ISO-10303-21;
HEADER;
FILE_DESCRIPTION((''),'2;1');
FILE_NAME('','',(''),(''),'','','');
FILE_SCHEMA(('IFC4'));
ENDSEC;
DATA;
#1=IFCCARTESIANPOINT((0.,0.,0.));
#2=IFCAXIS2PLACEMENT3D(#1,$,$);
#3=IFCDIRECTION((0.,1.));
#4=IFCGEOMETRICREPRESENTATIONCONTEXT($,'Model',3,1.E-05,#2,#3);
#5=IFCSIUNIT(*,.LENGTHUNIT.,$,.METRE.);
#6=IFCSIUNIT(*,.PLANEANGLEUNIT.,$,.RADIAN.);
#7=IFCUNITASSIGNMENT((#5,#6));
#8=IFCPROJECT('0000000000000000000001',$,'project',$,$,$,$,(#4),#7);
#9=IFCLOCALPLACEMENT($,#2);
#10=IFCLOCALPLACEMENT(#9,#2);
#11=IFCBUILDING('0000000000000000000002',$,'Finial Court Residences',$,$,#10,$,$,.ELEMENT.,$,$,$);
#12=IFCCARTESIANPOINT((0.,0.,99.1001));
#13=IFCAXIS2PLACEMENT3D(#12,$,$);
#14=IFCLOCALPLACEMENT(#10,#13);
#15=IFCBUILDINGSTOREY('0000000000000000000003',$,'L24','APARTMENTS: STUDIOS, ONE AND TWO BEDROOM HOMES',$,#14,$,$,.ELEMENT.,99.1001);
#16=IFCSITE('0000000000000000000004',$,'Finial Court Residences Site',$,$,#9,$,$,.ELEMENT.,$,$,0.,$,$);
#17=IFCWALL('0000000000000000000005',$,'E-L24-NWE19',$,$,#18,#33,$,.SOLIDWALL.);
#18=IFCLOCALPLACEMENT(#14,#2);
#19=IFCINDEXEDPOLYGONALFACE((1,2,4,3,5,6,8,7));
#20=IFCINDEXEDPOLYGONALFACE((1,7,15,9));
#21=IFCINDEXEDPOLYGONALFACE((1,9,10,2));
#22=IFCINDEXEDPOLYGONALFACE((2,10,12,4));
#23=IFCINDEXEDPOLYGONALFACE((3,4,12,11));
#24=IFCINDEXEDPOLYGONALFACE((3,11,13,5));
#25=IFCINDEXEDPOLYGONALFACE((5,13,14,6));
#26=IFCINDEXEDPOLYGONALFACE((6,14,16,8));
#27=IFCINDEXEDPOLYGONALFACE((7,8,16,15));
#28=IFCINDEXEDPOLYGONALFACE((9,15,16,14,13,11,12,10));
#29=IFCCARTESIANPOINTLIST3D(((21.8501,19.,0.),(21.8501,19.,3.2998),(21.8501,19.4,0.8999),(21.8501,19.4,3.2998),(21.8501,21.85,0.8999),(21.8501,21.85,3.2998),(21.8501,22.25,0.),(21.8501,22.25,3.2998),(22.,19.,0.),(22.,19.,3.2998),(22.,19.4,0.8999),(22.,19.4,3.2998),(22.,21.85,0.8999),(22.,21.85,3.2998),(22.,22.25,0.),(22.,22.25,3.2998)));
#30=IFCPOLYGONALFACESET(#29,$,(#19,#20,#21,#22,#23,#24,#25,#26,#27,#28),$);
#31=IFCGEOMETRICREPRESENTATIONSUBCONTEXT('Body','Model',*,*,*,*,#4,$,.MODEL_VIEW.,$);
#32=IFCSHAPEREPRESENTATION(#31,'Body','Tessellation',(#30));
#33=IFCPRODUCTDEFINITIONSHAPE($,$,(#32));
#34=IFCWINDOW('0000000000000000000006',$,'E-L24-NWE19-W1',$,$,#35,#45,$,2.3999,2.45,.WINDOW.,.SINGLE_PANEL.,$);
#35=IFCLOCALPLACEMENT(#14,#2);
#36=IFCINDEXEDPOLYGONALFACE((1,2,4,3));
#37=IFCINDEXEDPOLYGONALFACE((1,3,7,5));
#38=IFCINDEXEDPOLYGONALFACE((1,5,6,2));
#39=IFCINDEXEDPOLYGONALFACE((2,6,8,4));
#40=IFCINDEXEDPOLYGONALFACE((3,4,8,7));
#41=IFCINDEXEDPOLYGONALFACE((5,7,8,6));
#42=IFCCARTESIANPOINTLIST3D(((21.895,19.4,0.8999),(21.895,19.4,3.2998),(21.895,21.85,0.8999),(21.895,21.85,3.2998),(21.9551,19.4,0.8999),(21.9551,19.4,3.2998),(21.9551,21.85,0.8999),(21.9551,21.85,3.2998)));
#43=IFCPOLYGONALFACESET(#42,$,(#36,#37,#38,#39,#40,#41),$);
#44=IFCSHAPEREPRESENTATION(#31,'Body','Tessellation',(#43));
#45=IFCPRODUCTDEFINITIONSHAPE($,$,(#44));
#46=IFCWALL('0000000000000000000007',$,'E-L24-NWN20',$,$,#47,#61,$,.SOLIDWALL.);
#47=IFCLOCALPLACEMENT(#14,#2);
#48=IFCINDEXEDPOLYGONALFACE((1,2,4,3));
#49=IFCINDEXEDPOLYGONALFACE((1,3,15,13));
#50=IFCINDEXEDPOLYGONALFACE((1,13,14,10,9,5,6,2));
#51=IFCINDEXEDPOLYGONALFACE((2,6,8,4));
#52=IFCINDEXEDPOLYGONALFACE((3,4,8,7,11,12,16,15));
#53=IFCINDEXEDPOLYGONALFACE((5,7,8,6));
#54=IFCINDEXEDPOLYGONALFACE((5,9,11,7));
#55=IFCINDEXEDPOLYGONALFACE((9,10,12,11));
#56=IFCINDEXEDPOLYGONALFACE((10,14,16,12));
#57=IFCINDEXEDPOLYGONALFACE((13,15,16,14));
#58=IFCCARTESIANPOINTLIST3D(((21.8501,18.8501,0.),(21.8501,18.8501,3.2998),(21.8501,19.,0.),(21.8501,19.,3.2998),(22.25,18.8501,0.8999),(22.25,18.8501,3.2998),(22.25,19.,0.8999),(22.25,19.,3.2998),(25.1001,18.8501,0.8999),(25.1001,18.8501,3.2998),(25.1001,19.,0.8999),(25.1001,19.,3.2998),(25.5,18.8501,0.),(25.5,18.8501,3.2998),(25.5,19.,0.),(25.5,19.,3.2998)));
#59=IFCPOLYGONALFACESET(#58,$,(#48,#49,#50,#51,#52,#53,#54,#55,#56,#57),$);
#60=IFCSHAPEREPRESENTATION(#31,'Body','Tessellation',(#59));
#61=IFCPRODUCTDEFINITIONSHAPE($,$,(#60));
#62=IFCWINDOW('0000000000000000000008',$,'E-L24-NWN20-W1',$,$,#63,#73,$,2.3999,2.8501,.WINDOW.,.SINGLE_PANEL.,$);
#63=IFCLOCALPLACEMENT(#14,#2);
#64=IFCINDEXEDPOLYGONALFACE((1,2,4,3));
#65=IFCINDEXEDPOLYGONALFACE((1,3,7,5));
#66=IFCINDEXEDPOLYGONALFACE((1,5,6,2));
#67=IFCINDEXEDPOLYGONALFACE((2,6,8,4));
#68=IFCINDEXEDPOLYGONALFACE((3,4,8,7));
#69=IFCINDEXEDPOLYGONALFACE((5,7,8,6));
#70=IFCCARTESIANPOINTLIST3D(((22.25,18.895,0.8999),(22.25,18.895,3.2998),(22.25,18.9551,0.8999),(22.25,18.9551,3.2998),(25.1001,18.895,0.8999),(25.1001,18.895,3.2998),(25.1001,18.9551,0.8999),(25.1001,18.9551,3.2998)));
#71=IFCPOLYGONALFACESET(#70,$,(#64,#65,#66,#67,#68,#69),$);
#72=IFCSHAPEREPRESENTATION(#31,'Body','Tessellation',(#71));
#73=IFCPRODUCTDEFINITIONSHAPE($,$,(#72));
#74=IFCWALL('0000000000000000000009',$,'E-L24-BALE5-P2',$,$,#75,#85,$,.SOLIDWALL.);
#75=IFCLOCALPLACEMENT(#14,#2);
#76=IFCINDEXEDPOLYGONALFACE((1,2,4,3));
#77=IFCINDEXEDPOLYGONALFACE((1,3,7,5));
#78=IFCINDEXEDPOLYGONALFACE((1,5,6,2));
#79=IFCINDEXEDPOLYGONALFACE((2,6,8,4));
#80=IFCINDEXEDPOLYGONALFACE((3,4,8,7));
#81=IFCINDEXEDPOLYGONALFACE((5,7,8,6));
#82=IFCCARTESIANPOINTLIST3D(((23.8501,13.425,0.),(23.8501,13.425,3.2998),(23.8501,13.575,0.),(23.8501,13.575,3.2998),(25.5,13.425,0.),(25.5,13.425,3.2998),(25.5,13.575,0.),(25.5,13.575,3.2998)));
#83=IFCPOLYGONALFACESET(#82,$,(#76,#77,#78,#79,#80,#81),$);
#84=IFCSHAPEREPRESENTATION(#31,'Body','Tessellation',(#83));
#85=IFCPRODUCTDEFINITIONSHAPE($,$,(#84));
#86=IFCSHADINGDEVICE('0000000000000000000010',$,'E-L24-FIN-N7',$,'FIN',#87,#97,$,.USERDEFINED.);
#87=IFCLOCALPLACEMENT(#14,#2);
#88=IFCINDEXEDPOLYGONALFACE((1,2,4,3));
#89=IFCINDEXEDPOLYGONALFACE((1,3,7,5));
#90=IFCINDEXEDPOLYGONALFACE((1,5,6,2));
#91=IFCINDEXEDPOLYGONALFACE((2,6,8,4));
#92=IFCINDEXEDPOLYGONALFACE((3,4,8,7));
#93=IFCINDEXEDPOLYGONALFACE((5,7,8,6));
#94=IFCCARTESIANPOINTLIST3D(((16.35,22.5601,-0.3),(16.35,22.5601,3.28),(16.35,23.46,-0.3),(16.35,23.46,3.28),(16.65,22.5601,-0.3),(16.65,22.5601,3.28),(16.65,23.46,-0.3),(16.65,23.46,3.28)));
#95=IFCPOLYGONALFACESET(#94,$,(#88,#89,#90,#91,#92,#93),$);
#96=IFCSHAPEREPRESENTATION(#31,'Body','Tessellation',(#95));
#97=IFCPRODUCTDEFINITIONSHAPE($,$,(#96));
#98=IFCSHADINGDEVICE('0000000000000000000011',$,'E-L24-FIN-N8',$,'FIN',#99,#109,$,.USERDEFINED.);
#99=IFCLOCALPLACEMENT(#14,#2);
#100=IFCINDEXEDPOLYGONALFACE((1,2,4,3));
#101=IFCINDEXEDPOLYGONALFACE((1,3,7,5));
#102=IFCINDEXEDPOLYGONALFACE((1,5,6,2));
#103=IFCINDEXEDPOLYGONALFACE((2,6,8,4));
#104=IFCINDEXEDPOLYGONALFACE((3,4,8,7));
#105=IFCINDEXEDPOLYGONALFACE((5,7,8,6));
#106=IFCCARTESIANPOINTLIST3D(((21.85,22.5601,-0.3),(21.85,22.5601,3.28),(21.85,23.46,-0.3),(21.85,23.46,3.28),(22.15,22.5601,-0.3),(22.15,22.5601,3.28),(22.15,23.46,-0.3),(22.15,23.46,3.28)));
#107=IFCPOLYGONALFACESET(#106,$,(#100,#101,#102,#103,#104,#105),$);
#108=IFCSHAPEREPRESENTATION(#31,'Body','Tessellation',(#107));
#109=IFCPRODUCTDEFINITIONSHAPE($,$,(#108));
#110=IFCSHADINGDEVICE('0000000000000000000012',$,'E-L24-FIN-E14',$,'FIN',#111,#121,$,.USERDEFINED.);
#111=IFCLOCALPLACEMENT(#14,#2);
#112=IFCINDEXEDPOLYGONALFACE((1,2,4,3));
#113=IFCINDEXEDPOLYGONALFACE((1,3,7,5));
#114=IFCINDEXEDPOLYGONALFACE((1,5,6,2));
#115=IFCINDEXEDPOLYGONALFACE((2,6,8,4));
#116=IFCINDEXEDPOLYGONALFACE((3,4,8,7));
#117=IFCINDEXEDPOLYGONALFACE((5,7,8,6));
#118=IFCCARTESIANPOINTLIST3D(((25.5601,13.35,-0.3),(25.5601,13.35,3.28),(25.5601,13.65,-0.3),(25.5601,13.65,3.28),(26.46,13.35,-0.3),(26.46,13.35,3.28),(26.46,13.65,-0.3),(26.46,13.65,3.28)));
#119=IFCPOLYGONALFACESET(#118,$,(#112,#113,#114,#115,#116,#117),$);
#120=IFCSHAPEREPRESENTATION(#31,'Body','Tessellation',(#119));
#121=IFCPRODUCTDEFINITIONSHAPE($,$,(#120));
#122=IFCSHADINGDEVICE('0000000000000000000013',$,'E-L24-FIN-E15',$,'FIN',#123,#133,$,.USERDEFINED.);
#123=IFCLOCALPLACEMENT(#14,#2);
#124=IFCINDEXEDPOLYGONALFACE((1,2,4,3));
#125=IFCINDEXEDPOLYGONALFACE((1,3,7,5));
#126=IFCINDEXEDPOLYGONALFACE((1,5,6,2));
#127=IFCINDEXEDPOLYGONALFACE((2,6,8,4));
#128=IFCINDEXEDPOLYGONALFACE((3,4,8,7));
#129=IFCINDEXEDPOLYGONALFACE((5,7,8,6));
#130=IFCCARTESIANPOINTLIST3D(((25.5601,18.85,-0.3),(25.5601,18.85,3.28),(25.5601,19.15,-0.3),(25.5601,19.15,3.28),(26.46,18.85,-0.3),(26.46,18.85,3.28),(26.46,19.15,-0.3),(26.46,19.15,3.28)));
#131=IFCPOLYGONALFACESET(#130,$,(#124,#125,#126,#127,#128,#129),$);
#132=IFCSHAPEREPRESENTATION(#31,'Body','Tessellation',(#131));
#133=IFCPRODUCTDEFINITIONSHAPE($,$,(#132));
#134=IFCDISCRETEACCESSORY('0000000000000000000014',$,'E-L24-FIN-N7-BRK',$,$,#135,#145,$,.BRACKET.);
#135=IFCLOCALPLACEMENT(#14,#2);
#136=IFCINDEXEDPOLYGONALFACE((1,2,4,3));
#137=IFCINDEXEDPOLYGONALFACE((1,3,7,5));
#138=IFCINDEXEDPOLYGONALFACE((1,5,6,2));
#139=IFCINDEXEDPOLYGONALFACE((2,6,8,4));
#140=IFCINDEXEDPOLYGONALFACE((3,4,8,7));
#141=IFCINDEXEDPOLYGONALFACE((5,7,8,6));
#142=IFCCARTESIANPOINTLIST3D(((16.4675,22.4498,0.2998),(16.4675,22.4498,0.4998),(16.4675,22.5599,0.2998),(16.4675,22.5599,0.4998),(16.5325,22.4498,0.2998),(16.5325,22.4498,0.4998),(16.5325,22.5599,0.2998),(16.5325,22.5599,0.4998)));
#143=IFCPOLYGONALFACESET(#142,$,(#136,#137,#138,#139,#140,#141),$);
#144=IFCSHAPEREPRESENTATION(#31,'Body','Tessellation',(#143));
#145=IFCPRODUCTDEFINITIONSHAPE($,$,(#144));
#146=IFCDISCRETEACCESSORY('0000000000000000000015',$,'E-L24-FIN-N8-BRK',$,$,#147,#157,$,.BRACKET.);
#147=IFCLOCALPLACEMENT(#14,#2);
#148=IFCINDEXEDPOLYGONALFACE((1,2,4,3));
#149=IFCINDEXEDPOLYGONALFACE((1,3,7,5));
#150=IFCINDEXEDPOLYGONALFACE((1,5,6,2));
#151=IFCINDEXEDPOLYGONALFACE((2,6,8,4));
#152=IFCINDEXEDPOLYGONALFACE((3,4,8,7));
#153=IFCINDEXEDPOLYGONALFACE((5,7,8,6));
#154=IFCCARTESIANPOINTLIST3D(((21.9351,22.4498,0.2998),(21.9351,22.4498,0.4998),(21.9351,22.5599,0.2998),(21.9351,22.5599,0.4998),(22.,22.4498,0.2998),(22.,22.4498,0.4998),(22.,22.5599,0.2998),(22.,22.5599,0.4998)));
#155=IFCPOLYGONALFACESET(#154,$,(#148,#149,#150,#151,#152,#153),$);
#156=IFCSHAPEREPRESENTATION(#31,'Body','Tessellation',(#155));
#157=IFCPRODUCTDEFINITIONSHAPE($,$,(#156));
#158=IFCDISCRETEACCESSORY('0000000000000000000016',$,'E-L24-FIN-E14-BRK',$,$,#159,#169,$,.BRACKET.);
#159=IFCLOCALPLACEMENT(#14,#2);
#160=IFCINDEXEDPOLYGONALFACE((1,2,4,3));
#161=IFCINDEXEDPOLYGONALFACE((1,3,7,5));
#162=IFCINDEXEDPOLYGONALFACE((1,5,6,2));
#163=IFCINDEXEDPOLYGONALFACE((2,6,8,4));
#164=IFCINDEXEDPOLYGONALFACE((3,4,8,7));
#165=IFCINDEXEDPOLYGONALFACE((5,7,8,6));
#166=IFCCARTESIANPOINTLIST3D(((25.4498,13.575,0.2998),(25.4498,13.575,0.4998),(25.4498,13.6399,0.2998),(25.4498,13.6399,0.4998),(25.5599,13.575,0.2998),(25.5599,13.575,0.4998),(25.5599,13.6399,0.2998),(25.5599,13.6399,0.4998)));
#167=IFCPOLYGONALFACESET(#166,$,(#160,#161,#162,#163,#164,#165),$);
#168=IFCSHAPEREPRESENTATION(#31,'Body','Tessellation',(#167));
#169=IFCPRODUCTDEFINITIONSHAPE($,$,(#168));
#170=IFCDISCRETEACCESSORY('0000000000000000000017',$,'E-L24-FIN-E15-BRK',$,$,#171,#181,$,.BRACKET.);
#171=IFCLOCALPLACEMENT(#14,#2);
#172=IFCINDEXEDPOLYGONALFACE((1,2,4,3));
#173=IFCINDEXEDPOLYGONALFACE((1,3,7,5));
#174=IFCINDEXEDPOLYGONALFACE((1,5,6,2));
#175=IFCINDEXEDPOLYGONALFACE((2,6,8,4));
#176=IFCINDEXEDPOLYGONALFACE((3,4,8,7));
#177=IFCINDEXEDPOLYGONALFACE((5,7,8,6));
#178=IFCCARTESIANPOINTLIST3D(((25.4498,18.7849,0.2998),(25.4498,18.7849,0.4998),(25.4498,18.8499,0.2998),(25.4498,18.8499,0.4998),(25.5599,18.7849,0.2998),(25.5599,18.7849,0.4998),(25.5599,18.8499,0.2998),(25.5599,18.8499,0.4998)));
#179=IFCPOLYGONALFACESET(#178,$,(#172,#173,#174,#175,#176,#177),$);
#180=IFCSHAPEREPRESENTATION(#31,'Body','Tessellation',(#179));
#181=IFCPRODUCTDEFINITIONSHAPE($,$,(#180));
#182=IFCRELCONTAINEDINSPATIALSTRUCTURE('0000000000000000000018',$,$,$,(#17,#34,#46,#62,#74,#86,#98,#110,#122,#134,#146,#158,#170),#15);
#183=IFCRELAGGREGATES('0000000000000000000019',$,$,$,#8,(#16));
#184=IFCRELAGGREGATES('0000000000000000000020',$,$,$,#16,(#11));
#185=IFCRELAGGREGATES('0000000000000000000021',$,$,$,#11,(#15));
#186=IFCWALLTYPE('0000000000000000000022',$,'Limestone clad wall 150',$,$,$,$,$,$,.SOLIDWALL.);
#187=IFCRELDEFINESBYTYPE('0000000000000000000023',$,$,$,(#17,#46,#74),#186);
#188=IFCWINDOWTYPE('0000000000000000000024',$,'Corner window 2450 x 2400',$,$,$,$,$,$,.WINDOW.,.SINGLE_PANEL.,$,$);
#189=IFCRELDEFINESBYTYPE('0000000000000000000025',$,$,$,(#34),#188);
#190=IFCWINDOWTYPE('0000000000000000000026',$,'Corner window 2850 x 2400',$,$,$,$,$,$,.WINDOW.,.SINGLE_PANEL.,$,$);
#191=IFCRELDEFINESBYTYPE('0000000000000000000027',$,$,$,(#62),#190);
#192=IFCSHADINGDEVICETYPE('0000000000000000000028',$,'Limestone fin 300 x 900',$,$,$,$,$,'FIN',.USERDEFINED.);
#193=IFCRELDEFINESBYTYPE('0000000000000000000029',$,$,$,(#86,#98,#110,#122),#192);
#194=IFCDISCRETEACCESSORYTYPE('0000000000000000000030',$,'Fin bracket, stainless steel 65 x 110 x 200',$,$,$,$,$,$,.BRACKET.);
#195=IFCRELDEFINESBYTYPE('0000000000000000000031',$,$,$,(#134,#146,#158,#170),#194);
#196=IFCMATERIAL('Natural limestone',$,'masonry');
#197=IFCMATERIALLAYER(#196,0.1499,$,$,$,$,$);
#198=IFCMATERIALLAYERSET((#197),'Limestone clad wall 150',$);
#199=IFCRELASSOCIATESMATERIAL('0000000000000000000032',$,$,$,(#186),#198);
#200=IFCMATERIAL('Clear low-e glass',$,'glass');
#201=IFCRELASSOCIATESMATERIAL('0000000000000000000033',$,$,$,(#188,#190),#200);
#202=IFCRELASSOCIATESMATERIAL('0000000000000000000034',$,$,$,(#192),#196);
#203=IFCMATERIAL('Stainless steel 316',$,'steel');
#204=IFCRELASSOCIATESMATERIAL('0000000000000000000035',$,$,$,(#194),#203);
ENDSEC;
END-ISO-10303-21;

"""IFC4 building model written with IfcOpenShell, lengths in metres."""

from ifc_helpers import new_model, si_unit, direction, frame, frame_2d, origin, origin_2d, place, context, subcontext, project, spatial, rectangle, extrude, material, layer, layer_set, type_object, element, fill, save


model = new_model("IFC4")

# Units and contexts
model_context = context("Model", 3, precision=1e-05, world=origin(), true_north=direction((0.0, 1.0)))
body_context = subcontext(model_context, "Body", "Model", "MODEL_VIEW")
ifc_project = project(units=[si_unit("LENGTHUNIT", "METRE"), si_unit("PLANEANGLEUNIT", "RADIAN")], contexts=[model_context])

# Site, building, storey
site_placement = place(None, origin())
site = spatial("IfcSite", under=ifc_project, at=site_placement, Name="Finial Court Residences Site", CompositionType="ELEMENT", RefElevation=0.0)
building_placement = place(site_placement, origin())
building = spatial("IfcBuilding", under=site, at=building_placement, Name="Finial Court Residences", CompositionType="ELEMENT")
storey_placement = place(building_placement, frame((0.0, 0.0, 99.1001)))
storey = spatial("IfcBuildingStorey", under=building, at=storey_placement, Name="L24", Description="APARTMENTS: STUDIOS, ONE AND TWO BEDROOM HOMES", CompositionType="ELEMENT", Elevation=99.1001)

# Shared definitions
ifc_material_1 = material(Name="Clear low-e glass", Category="glass")

# Walls, openings, windows
ifc_material_2 = material(Name="Natural limestone", Category="masonry")
ifc_layer_1 = layer(ifc_material_2, 0.1499)
ifc_layer_set_1 = layer_set([ifc_layer_1], Name="Limestone clad wall 150")
wall_type_1 = type_object("IfcWallType", Name="Limestone clad wall 150", PredefinedType="SOLIDWALL", material=ifc_layer_set_1)
wall_1_placement = place(storey_placement, frame((21.925, 22.25, 0.0), z_axis=(0.0, 0.0, 1.0), x_axis=(0.0, -1.0, 0.0)))
wall_1 = element("IfcWall", 1, at=wall_1_placement, inside=storey, type_object=wall_type_1, Name="E-L24-NWE19", PredefinedType="SOLIDWALL", context=body_context, shape_type="SweptSolid", body=[
    extrude(rectangle(XDim=3.25, YDim=0.1499, at=frame_2d((1.625, 0.0))), origin(), (0.0, 0.0, 1.0), 3.2998),
])
opening_1_placement = place(wall_1_placement, frame((0.3999, 0.0, 0.8999)))
opening_1 = element("IfcOpeningElement", 2, at=opening_1_placement, cuts=wall_1, PredefinedType="OPENING", context=body_context, shape_type="SweptSolid", body=[
    extrude(rectangle(XDim=2.45, YDim=2.3999, at=frame_2d((1.2251, 1.2))), frame((0.0, 0.085, 0.0), z_axis=(0.0, -1.0, 0.0), x_axis=(1.0, 0.0, 0.0)), (0.0, 0.0, 1.0), 0.1699),
])
window_type_1 = type_object("IfcWindowType", Name="Corner window 2450 x 2400", PartitioningType="SINGLE_PANEL", PredefinedType="WINDOW", material=ifc_material_1)
window_1_placement = place(opening_1_placement, origin())
window_1 = element("IfcWindow", 3, at=window_1_placement, inside=storey, type_object=window_type_1, Name="E-L24-NWE19-W1", OverallHeight=2.3999, OverallWidth=2.45, PartitioningType="SINGLE_PANEL", PredefinedType="WINDOW", context=body_context, shape_type="SweptSolid", body=[
    extrude(rectangle(XDim=2.45, YDim=2.3999, at=frame_2d((1.2251, 1.2))), frame((0.0, 0.03, 0.0), z_axis=(0.0, -1.0, 0.0), x_axis=(1.0, 0.0, 0.0)), (0.0, 0.0, 1.0), 0.0601),
])
fill(opening_1, window_1)
wall_2_placement = place(storey_placement, frame((21.8501, 18.925, 0.0), z_axis=(0.0, 0.0, 1.0), x_axis=(1.0, 0.0, 0.0)))
wall_2 = element("IfcWall", 4, at=wall_2_placement, inside=storey, type_object=wall_type_1, Name="E-L24-NWN20", PredefinedType="SOLIDWALL", context=body_context, shape_type="SweptSolid", body=[
    extrude(rectangle(XDim=3.6499, YDim=0.1499, at=frame_2d((1.825, 0.0))), origin(), (0.0, 0.0, 1.0), 3.2998),
])
opening_2_placement = place(wall_2_placement, frame((0.3999, 0.0, 0.8999)))
opening_2 = element("IfcOpeningElement", 5, at=opening_2_placement, cuts=wall_2, PredefinedType="OPENING", context=body_context, shape_type="SweptSolid", body=[
    extrude(rectangle(XDim=2.8501, YDim=2.3999, at=frame_2d((1.425, 1.2))), frame((0.0, 0.085, 0.0), z_axis=(0.0, -1.0, 0.0), x_axis=(1.0, 0.0, 0.0)), (0.0, 0.0, 1.0), 0.1699),
])
window_type_2 = type_object("IfcWindowType", Name="Corner window 2850 x 2400", PartitioningType="SINGLE_PANEL", PredefinedType="WINDOW", material=ifc_material_1)
window_2_placement = place(opening_2_placement, origin())
window_2 = element("IfcWindow", 6, at=window_2_placement, inside=storey, type_object=window_type_2, Name="E-L24-NWN20-W1", OverallHeight=2.3999, OverallWidth=2.8501, PartitioningType="SINGLE_PANEL", PredefinedType="WINDOW", context=body_context, shape_type="SweptSolid", body=[
    extrude(rectangle(XDim=2.8501, YDim=2.3999, at=frame_2d((1.425, 1.2))), frame((0.0, 0.03, 0.0), z_axis=(0.0, -1.0, 0.0), x_axis=(1.0, 0.0, 0.0)), (0.0, 0.0, 1.0), 0.0601),
])
fill(opening_2, window_2)

# Wall
wall_3_placement = place(storey_placement, frame((23.8501, 13.5, 0.0), z_axis=(0.0, 0.0, 1.0), x_axis=(1.0, 0.0, 0.0)))
element("IfcWall", 7, at=wall_3_placement, inside=storey, type_object=wall_type_1, Name="E-L24-BALE5-P2", PredefinedType="SOLIDWALL", context=body_context, shape_type="SweptSolid", body=[
    extrude(rectangle(XDim=1.6499, YDim=0.1499, at=frame_2d((0.825, 0.0))), origin(), (0.0, 0.0, 1.0), 3.2998),
])

# Shading devices
shading_device_type = type_object("IfcShadingDeviceType", Name="Limestone fin 300 x 900", ElementType="FIN", PredefinedType="USERDEFINED", material=ifc_material_2)
for number, where, z_axis, x_axis, name in (
    (8, (16.5, 23.01, -0.3), (0.0, 0.0, 1.0), (1.0, 0.0, 0.0), "E-L24-FIN-N7"),
    (9, (22.0, 23.01, -0.3), (0.0, 0.0, 1.0), (1.0, 0.0, 0.0), "E-L24-FIN-N8"),
):
    element("IfcShadingDevice", number, at=place(storey_placement, frame(where, z_axis=z_axis, x_axis=x_axis)), inside=storey, type_object=shading_device_type, Name=name, ObjectType="FIN", PredefinedType="USERDEFINED", context=body_context, shape_type="SweptSolid", body=[
        extrude(rectangle(XDim=0.3, YDim=0.8999, at=origin_2d()), origin(), (0.0, 0.0, 1.0), 3.5801),
    ])
for number, where, z_axis, x_axis, name in (
    (10, (26.01, 13.5, -0.3), (0.0, 0.0, 1.0), (1.0, 0.0, 0.0), "E-L24-FIN-E14"),
    (11, (26.01, 19.0, -0.3), (0.0, 0.0, 1.0), (1.0, 0.0, 0.0), "E-L24-FIN-E15"),
):
    element("IfcShadingDevice", number, at=place(storey_placement, frame(where, z_axis=z_axis, x_axis=x_axis)), inside=storey, type_object=shading_device_type, Name=name, ObjectType="FIN", PredefinedType="USERDEFINED", context=body_context, shape_type="SweptSolid", body=[
        extrude(rectangle(XDim=0.8999, YDim=0.3, at=origin_2d()), origin(), (0.0, 0.0, 1.0), 3.5801),
    ])

# Discrete accessories
ifc_material_3 = material(Name="Stainless steel 316", Category="steel")
discrete_accessory_type = type_object("IfcDiscreteAccessoryType", Name="Fin bracket, stainless steel 65 x 110 x 200", PredefinedType="BRACKET", material=ifc_material_3)
for number, where, z_axis, x_axis, name in (
    (12, (16.5, 22.5049, 0.2998), (0.0, 0.0, 1.0), (1.0, 0.0, 0.0), "E-L24-FIN-N7-BRK"),
    (13, (21.9675, 22.5049, 0.2998), (0.0, 0.0, 1.0), (1.0, 0.0, 0.0), "E-L24-FIN-N8-BRK"),
):
    element("IfcDiscreteAccessory", number, at=place(storey_placement, frame(where, z_axis=z_axis, x_axis=x_axis)), inside=storey, type_object=discrete_accessory_type, Name=name, PredefinedType="BRACKET", context=body_context, shape_type="SweptSolid", body=[
        extrude(rectangle(XDim=0.0649, YDim=0.1101, at=origin_2d()), origin(), (0.0, 0.0, 1.0), 0.2),
    ])
for number, where, z_axis, x_axis, name in (
    (14, (25.5049, 13.6074, 0.2998), (0.0, 0.0, 1.0), (1.0, 0.0, 0.0), "E-L24-FIN-E14-BRK"),
    (15, (25.5049, 18.8174, 0.2998), (0.0, 0.0, 1.0), (1.0, 0.0, 0.0), "E-L24-FIN-E15-BRK"),
):
    element("IfcDiscreteAccessory", number, at=place(storey_placement, frame(where, z_axis=z_axis, x_axis=x_axis)), inside=storey, type_object=discrete_accessory_type, Name=name, PredefinedType="BRACKET", context=body_context, shape_type="SweptSolid", body=[
        extrude(rectangle(XDim=0.1101, YDim=0.0649, at=origin_2d()), origin(), (0.0, 0.0, 1.0), 0.2),
    ])

save(model, "model.ifc")
